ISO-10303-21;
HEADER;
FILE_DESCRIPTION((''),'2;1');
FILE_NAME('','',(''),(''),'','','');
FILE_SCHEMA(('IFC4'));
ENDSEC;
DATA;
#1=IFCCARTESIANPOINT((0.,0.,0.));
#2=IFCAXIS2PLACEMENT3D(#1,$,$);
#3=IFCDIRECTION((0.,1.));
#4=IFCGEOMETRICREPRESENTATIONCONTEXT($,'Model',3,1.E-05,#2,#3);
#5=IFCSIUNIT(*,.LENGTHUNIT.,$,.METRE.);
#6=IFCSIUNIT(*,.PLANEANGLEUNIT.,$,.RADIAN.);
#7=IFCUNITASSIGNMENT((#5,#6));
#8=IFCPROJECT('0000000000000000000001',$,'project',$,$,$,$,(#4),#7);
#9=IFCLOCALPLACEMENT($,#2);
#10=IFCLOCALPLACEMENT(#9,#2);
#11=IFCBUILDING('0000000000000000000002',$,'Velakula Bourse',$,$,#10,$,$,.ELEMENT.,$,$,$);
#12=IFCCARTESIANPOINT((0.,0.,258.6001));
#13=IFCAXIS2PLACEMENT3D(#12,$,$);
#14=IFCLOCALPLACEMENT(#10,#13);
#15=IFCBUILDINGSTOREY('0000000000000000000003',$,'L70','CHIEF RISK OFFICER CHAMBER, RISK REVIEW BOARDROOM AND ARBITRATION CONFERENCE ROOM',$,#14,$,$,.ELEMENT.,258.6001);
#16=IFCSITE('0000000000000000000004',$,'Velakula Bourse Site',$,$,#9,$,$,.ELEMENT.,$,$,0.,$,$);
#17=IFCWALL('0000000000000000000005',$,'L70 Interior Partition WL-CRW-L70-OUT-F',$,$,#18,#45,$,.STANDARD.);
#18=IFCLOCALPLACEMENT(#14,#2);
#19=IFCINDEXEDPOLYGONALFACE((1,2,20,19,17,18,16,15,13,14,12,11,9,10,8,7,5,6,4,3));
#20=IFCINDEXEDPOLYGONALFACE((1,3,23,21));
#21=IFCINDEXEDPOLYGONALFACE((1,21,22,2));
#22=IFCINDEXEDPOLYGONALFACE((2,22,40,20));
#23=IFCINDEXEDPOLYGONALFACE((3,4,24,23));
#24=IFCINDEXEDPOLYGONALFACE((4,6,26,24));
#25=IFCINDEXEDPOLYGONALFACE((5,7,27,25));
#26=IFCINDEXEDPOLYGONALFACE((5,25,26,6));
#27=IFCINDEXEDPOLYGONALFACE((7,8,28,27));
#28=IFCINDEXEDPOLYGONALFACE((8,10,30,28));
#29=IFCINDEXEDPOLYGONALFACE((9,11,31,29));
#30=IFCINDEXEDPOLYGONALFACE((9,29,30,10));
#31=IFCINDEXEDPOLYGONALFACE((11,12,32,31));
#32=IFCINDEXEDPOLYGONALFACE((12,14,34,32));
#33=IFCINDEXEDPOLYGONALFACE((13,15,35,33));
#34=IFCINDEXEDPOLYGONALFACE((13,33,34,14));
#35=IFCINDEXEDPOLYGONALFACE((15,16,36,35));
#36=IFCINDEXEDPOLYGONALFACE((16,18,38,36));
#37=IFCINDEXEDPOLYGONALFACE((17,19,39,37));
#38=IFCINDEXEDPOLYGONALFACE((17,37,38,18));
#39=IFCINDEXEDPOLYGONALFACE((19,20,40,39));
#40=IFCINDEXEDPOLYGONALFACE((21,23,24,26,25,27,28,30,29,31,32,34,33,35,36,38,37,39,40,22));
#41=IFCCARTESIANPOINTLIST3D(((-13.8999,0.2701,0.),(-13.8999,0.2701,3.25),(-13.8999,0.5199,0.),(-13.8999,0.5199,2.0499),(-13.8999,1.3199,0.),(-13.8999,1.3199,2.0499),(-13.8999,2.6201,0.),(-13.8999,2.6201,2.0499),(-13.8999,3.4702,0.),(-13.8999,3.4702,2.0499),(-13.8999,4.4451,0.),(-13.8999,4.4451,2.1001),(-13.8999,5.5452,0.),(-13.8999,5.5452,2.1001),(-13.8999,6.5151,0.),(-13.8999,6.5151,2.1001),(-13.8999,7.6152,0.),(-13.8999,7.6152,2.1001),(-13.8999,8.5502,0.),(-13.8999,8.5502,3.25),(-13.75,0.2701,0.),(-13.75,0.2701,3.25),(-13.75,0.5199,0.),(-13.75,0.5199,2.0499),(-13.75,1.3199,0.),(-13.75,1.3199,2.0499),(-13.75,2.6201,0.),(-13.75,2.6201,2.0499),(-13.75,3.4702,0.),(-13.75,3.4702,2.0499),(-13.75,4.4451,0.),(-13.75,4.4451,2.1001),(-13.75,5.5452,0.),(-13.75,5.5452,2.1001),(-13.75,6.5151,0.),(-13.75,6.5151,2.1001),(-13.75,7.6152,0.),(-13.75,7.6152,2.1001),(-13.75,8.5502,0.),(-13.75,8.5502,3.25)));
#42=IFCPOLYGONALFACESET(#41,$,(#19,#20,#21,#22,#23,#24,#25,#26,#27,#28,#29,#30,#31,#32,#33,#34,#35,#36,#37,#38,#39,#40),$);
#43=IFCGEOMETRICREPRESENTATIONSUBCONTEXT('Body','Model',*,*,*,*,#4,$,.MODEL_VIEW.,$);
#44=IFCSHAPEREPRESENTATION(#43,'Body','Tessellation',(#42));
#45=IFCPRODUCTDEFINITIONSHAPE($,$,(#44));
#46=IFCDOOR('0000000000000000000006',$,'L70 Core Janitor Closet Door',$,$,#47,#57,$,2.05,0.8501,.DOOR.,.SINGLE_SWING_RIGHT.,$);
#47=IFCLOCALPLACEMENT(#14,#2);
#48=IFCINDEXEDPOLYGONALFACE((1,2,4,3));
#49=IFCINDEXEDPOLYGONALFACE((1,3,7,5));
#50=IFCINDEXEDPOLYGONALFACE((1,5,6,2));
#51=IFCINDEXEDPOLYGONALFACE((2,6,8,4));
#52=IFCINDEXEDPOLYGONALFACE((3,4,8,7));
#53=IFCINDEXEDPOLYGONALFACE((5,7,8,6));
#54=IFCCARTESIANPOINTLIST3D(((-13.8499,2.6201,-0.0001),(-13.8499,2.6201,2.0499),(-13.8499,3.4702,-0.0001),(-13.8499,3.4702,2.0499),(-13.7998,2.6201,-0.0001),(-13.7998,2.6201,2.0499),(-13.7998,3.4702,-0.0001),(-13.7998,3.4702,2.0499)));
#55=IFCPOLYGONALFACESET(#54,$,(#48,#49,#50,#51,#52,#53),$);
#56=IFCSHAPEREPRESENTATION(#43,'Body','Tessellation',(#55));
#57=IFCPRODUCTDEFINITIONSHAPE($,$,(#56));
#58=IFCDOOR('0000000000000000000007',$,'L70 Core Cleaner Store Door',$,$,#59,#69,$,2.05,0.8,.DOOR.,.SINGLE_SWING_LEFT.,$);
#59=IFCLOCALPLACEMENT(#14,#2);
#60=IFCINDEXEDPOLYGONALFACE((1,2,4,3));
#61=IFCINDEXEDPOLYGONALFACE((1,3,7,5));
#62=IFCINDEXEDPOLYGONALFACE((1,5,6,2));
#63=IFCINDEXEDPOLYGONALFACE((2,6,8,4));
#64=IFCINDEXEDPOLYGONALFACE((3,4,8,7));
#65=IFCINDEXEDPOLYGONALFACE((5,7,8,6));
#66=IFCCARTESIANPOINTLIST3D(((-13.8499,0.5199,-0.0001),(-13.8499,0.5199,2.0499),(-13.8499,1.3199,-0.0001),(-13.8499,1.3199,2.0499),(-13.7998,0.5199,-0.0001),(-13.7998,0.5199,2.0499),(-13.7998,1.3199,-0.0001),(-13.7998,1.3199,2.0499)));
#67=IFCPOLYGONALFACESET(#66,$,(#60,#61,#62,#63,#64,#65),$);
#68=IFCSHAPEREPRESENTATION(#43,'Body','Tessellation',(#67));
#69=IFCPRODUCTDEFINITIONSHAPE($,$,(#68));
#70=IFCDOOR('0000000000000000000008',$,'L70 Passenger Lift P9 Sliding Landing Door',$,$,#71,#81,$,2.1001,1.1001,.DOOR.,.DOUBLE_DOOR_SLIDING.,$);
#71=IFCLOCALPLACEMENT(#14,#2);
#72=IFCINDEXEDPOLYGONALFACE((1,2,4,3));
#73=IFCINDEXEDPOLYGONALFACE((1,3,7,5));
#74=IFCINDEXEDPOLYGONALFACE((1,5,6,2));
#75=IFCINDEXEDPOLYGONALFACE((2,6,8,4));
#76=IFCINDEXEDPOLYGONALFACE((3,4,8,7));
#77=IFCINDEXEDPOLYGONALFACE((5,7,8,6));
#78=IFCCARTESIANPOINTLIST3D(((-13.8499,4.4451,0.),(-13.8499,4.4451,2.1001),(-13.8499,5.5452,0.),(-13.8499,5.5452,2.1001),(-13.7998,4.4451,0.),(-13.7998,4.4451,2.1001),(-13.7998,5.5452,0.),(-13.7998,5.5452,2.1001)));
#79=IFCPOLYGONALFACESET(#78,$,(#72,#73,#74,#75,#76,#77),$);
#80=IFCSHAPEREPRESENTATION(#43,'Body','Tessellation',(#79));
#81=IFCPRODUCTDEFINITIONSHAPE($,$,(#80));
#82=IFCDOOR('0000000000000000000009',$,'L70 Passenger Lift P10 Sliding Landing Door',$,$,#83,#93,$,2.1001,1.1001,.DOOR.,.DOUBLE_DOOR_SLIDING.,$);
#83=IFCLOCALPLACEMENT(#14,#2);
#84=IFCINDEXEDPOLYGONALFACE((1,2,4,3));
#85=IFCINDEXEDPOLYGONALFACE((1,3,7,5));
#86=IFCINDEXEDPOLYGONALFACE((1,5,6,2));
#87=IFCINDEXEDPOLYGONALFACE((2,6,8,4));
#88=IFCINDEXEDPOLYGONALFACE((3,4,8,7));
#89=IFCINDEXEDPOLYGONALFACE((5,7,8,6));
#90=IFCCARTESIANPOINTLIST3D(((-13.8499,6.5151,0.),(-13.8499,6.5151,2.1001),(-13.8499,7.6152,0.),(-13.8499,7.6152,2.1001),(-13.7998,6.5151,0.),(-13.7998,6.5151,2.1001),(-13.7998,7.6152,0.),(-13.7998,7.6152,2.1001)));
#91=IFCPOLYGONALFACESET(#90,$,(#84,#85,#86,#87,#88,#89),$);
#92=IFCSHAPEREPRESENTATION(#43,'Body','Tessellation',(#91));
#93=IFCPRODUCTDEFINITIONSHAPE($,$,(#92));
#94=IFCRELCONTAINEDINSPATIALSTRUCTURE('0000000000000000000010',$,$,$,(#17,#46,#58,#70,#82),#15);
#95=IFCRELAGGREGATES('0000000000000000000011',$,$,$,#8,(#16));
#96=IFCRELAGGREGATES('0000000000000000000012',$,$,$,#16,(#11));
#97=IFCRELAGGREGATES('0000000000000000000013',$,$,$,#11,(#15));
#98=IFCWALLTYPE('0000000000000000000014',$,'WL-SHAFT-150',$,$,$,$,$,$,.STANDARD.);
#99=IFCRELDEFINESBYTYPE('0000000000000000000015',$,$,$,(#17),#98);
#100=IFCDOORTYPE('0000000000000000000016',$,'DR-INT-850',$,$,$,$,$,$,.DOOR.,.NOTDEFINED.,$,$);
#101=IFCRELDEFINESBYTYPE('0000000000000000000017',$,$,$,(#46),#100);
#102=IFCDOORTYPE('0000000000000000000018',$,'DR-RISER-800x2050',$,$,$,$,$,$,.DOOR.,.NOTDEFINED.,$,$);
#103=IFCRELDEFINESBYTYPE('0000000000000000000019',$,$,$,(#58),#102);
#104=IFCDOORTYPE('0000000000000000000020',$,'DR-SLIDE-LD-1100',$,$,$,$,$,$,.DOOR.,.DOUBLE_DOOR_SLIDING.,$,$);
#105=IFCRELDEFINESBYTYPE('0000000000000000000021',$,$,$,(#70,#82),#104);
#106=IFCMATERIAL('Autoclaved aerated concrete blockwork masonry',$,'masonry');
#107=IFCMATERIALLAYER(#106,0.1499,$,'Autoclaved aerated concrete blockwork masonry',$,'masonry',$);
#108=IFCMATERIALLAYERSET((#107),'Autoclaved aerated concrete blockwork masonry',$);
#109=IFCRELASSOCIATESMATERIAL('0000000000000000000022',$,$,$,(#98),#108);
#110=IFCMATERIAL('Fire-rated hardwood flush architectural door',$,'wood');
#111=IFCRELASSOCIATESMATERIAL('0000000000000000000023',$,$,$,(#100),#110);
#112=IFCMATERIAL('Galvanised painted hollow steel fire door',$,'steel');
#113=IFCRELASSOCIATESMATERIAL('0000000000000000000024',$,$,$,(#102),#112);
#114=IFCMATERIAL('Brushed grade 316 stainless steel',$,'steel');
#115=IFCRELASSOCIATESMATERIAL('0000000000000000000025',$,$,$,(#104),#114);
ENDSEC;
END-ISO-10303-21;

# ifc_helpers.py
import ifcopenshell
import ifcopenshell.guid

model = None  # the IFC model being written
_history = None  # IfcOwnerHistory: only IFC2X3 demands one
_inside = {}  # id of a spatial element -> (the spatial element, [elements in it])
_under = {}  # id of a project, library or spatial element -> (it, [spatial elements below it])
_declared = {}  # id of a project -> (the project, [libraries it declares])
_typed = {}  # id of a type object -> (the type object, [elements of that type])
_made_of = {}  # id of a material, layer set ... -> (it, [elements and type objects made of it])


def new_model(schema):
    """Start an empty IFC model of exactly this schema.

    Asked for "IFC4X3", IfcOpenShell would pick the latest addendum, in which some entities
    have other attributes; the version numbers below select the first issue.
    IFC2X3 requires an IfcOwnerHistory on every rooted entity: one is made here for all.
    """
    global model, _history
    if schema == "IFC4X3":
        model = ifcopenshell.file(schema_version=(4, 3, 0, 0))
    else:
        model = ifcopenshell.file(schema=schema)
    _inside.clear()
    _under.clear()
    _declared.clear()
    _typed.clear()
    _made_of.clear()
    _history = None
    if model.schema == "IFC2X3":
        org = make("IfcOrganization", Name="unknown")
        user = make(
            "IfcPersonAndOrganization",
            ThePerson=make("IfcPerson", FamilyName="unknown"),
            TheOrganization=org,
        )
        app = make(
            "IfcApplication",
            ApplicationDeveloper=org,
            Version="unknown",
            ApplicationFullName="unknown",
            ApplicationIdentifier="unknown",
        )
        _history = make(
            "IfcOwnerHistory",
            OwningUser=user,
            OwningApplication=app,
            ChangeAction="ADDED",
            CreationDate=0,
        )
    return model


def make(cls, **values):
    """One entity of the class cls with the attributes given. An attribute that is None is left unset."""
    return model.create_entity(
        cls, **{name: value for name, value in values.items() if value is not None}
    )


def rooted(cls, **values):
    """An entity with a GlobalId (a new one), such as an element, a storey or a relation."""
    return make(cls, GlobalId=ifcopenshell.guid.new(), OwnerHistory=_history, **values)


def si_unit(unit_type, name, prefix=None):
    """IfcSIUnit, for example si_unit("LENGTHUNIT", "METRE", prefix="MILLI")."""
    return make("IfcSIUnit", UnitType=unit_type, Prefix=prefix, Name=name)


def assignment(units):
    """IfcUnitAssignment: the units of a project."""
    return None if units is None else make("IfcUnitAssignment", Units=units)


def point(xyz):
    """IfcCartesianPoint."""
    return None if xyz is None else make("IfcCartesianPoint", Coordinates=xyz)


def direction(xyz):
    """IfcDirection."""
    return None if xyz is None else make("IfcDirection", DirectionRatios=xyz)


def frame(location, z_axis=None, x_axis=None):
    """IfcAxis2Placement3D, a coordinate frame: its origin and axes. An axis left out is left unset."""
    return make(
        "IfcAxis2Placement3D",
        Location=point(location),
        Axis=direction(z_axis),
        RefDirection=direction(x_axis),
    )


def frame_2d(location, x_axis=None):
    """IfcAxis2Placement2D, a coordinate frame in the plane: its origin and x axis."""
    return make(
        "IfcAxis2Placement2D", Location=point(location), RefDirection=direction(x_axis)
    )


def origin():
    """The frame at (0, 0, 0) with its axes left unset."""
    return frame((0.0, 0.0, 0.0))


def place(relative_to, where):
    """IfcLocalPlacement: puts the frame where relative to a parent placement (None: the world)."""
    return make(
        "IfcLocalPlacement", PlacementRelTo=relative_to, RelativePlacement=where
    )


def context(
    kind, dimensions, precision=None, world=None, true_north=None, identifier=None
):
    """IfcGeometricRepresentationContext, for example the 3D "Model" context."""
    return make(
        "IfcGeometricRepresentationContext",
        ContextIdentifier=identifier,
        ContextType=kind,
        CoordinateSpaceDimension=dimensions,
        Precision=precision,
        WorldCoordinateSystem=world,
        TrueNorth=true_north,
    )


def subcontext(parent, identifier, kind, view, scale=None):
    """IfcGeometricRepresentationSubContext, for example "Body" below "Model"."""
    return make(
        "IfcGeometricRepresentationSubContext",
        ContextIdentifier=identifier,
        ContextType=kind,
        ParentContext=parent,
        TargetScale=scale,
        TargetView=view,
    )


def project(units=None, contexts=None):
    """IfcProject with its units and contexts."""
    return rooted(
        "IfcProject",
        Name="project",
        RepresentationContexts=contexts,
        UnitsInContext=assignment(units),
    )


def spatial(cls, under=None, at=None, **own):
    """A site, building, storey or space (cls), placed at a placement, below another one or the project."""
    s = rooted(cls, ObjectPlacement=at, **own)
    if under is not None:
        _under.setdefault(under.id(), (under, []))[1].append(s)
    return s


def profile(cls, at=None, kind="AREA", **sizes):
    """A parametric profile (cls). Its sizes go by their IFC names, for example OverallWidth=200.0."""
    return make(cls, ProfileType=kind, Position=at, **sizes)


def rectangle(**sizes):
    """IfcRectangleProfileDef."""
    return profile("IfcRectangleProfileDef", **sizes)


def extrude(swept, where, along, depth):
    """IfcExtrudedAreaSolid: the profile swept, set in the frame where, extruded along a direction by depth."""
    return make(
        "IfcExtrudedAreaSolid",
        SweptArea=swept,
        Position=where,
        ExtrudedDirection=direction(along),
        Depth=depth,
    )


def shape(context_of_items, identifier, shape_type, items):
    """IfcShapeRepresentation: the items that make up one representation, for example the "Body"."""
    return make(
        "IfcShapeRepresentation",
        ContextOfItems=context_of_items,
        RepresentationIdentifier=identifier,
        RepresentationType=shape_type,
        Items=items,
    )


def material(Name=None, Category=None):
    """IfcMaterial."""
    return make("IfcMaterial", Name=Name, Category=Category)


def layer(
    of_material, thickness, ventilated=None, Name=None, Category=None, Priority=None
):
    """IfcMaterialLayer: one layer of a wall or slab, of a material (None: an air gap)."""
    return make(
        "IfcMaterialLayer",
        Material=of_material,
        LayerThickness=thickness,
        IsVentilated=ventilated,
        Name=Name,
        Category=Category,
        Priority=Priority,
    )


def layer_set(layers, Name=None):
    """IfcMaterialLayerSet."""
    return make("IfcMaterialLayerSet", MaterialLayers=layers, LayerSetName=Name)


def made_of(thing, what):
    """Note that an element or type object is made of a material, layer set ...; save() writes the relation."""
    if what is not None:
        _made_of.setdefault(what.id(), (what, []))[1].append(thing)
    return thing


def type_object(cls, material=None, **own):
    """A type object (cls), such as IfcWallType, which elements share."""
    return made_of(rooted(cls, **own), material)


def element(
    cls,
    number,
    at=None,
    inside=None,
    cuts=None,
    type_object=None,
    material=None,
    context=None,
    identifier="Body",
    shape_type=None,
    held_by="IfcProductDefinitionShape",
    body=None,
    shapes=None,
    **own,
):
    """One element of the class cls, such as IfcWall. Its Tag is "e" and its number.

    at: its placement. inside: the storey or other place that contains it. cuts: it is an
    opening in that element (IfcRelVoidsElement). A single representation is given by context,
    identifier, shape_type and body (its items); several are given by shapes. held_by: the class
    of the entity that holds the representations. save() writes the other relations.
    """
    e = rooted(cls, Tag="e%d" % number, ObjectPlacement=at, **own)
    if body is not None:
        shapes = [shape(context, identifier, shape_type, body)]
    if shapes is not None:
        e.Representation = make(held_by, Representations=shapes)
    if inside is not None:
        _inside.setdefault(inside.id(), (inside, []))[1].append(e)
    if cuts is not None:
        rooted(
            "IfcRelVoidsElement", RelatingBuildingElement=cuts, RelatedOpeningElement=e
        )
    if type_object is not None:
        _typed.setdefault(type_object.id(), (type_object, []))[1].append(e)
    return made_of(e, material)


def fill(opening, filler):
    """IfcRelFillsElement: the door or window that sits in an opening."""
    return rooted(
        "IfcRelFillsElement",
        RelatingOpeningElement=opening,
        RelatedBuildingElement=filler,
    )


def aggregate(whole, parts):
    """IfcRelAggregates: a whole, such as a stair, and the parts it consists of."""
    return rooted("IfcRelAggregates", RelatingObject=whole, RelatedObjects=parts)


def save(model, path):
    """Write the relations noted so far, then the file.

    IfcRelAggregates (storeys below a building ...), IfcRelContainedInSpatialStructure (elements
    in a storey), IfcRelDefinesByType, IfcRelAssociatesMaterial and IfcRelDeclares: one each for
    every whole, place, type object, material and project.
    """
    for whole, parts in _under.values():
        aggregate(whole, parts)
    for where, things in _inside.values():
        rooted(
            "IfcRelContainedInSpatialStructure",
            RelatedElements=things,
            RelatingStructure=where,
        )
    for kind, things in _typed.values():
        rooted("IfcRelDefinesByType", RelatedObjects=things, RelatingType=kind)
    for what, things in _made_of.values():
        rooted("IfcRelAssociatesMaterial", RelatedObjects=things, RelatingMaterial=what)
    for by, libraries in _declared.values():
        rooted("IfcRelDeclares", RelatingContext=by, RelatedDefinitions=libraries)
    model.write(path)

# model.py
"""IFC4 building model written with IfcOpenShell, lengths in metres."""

from ifc_helpers import new_model, si_unit, direction, frame, frame_2d, origin, place, context, subcontext, project, spatial, rectangle, extrude, material, layer, layer_set, type_object, element, fill, save


model = new_model("IFC4")

# Units and contexts
model_context = context("Model", 3, precision=1e-05, world=origin(), true_north=direction((0.0, 1.0)))
body_context = subcontext(model_context, "Body", "Model", "MODEL_VIEW")
ifc_project = project(units=[si_unit("LENGTHUNIT", "METRE"), si_unit("PLANEANGLEUNIT", "RADIAN")], contexts=[model_context])

# Site, building, storey
site_placement = place(None, origin())
site = spatial("IfcSite", under=ifc_project, at=site_placement, Name="Velakula Bourse Site", CompositionType="ELEMENT", RefElevation=0.0)
building_placement = place(site_placement, origin())
building = spatial("IfcBuilding", under=site, at=building_placement, Name="Velakula Bourse", CompositionType="ELEMENT")
storey_placement = place(building_placement, frame((0.0, 0.0, 258.6001)))
storey = spatial("IfcBuildingStorey", under=building, at=storey_placement, Name="L70", Description="CHIEF RISK OFFICER CHAMBER, RISK REVIEW BOARDROOM AND ARBITRATION CONFERENCE ROOM", CompositionType="ELEMENT", Elevation=258.6001)

# Shared definitions
ifc_material_1 = material(Name="Fire-rated hardwood flush architectural door", Category="wood")

# Shared definitions
ifc_material_2 = material(Name="Autoclaved aerated concrete blockwork masonry", Category="masonry")
ifc_layer_1 = layer(ifc_material_2, 0.1499, Name="Autoclaved aerated concrete blockwork masonry", Category="masonry")
ifc_layer_set_1 = layer_set([ifc_layer_1], Name="Autoclaved aerated concrete blockwork masonry")
wall_type_1 = type_object("IfcWallType", Name="WL-SHAFT-150", PredefinedType="STANDARD", material=ifc_layer_set_1)

# Wall, openings, doors
wall_1_placement = place(storey_placement, frame((-13.825, 0.27, 0.0), z_axis=(0.0, 0.0, 1.0), x_axis=(0.0, 1.0, 0.0)))
wall_1 = element("IfcWall", 1, at=wall_1_placement, inside=storey, type_object=wall_type_1, Name="L70 Interior Partition WL-CRW-L70-OUT-F", PredefinedType="STANDARD", context=body_context, shape_type="SweptSolid", body=[
    extrude(rectangle(XDim=8.28, YDim=0.1499, at=frame_2d((4.1401, 0.0))), origin(), (0.0, 0.0, 1.0), 3.25),
])
opening_1_placement = place(wall_1_placement, frame((4.175, 0.0, 0.0)))
opening_1 = element("IfcOpeningElement", 2, at=opening_1_placement, cuts=wall_1, PredefinedType="OPENING", context=body_context, shape_type="SweptSolid", body=[
    extrude(rectangle(XDim=1.1001, YDim=2.1001, at=frame_2d((0.55, 1.05))), frame((0.0, 0.085, 0.0), z_axis=(0.0, -1.0, 0.0), x_axis=(1.0, 0.0, 0.0)), (0.0, 0.0, 1.0), 0.1699),
])
opening_2_placement = place(wall_1_placement, frame((6.2451, 0.0, 0.0)))
opening_2 = element("IfcOpeningElement", 3, at=opening_2_placement, cuts=wall_1, PredefinedType="OPENING", context=body_context, shape_type="SweptSolid", body=[
    extrude(rectangle(XDim=1.1001, YDim=2.1001, at=frame_2d((0.55, 1.05))), frame((0.0, 0.085, 0.0), z_axis=(0.0, -1.0, 0.0), x_axis=(1.0, 0.0, 0.0)), (0.0, 0.0, 1.0), 0.1699),
])
opening_3_placement = place(wall_1_placement, frame((0.25, 0.0, 0.0)))
opening_3 = element("IfcOpeningElement", 4, at=opening_3_placement, cuts=wall_1, PredefinedType="OPENING", context=body_context, shape_type="SweptSolid", body=[
    extrude(rectangle(XDim=0.8, YDim=2.05, at=frame_2d((0.3999, 1.0249))), frame((0.0, 0.085, 0.0), z_axis=(0.0, -1.0, 0.0), x_axis=(1.0, 0.0, 0.0)), (0.0, 0.0, 1.0), 0.1699),
])
opening_4_placement = place(wall_1_placement, frame((2.3501, 0.0, 0.0)))
opening_4 = element("IfcOpeningElement", 5, at=opening_4_placement, cuts=wall_1, PredefinedType="OPENING", context=body_context, shape_type="SweptSolid", body=[
    extrude(rectangle(XDim=0.8501, YDim=2.05, at=frame_2d((0.425, 1.0249))), frame((0.0, 0.085, 0.0), z_axis=(0.0, -1.0, 0.0), x_axis=(1.0, 0.0, 0.0)), (0.0, 0.0, 1.0), 0.1699),
])
door_type_1 = type_object("IfcDoorType", Name="DR-INT-850", OperationType="NOTDEFINED", PredefinedType="DOOR", material=ifc_material_1)
door_1_placement = place(opening_4_placement, origin())
door_1 = element("IfcDoor", 6, at=door_1_placement, inside=storey, type_object=door_type_1, Name="L70 Core Janitor Closet Door", OperationType="SINGLE_SWING_RIGHT", OverallHeight=2.05, OverallWidth=0.8501, PredefinedType="DOOR", context=body_context, shape_type="SweptSolid", body=[
    extrude(rectangle(XDim=0.8501, YDim=2.05, at=frame_2d((0.425, 1.0249))), frame((0.0, 0.0249, 0.0), z_axis=(0.0, -1.0, 0.0), x_axis=(1.0, 0.0, 0.0)), (0.0, 0.0, 1.0), 0.05),
])
fill(opening_4, door_1)
ifc_material_3 = material(Name="Galvanised painted hollow steel fire door", Category="steel")
door_type_2 = type_object("IfcDoorType", Name="DR-RISER-800x2050", OperationType="NOTDEFINED", PredefinedType="DOOR", material=ifc_material_3)
door_2_placement = place(opening_3_placement, origin())
door_2 = element("IfcDoor", 7, at=door_2_placement, inside=storey, type_object=door_type_2, Name="L70 Core Cleaner Store Door", OperationType="SINGLE_SWING_LEFT", OverallHeight=2.05, OverallWidth=0.8, PredefinedType="DOOR", context=body_context, shape_type="SweptSolid", body=[
    extrude(rectangle(XDim=0.8, YDim=2.05, at=frame_2d((0.3999, 1.0249))), frame((0.0, 0.0249, 0.0), z_axis=(0.0, -1.0, 0.0), x_axis=(1.0, 0.0, 0.0)), (0.0, 0.0, 1.0), 0.05),
])
fill(opening_3, door_2)
ifc_material_4 = material(Name="Brushed grade 316 stainless steel", Category="steel")
door_type_3 = type_object("IfcDoorType", Name="DR-SLIDE-LD-1100", OperationType="DOUBLE_DOOR_SLIDING", PredefinedType="DOOR", material=ifc_material_4)
door_3_placement = place(opening_1_placement, origin())
door_3 = element("IfcDoor", 8, at=door_3_placement, inside=storey, type_object=door_type_3, Name="L70 Passenger Lift P9 Sliding Landing Door", OperationType="DOUBLE_DOOR_SLIDING", OverallHeight=2.1001, OverallWidth=1.1001, PredefinedType="DOOR", context=body_context, shape_type="SweptSolid", body=[
    extrude(rectangle(XDim=1.1001, YDim=2.1001, at=frame_2d((0.55, 1.05))), frame((0.0, 0.0249, 0.0), z_axis=(0.0, -1.0, 0.0), x_axis=(1.0, 0.0, 0.0)), (0.0, 0.0, 1.0), 0.05),
])
fill(opening_1, door_3)
door_4_placement = place(opening_2_placement, origin())
door_4 = element("IfcDoor", 9, at=door_4_placement, inside=storey, type_object=door_type_3, Name="L70 Passenger Lift P10 Sliding Landing Door", OperationType="DOUBLE_DOOR_SLIDING", OverallHeight=2.1001, OverallWidth=1.1001, PredefinedType="DOOR", context=body_context, shape_type="SweptSolid", body=[
    extrude(rectangle(XDim=1.1001, YDim=2.1001, at=frame_2d((0.55, 1.05))), frame((0.0, 0.0249, 0.0), z_axis=(0.0, -1.0, 0.0), x_axis=(1.0, 0.0, 0.0)), (0.0, 0.0, 1.0), 0.05),
])
fill(opening_2, door_4)

save(model, "model.ifc")
